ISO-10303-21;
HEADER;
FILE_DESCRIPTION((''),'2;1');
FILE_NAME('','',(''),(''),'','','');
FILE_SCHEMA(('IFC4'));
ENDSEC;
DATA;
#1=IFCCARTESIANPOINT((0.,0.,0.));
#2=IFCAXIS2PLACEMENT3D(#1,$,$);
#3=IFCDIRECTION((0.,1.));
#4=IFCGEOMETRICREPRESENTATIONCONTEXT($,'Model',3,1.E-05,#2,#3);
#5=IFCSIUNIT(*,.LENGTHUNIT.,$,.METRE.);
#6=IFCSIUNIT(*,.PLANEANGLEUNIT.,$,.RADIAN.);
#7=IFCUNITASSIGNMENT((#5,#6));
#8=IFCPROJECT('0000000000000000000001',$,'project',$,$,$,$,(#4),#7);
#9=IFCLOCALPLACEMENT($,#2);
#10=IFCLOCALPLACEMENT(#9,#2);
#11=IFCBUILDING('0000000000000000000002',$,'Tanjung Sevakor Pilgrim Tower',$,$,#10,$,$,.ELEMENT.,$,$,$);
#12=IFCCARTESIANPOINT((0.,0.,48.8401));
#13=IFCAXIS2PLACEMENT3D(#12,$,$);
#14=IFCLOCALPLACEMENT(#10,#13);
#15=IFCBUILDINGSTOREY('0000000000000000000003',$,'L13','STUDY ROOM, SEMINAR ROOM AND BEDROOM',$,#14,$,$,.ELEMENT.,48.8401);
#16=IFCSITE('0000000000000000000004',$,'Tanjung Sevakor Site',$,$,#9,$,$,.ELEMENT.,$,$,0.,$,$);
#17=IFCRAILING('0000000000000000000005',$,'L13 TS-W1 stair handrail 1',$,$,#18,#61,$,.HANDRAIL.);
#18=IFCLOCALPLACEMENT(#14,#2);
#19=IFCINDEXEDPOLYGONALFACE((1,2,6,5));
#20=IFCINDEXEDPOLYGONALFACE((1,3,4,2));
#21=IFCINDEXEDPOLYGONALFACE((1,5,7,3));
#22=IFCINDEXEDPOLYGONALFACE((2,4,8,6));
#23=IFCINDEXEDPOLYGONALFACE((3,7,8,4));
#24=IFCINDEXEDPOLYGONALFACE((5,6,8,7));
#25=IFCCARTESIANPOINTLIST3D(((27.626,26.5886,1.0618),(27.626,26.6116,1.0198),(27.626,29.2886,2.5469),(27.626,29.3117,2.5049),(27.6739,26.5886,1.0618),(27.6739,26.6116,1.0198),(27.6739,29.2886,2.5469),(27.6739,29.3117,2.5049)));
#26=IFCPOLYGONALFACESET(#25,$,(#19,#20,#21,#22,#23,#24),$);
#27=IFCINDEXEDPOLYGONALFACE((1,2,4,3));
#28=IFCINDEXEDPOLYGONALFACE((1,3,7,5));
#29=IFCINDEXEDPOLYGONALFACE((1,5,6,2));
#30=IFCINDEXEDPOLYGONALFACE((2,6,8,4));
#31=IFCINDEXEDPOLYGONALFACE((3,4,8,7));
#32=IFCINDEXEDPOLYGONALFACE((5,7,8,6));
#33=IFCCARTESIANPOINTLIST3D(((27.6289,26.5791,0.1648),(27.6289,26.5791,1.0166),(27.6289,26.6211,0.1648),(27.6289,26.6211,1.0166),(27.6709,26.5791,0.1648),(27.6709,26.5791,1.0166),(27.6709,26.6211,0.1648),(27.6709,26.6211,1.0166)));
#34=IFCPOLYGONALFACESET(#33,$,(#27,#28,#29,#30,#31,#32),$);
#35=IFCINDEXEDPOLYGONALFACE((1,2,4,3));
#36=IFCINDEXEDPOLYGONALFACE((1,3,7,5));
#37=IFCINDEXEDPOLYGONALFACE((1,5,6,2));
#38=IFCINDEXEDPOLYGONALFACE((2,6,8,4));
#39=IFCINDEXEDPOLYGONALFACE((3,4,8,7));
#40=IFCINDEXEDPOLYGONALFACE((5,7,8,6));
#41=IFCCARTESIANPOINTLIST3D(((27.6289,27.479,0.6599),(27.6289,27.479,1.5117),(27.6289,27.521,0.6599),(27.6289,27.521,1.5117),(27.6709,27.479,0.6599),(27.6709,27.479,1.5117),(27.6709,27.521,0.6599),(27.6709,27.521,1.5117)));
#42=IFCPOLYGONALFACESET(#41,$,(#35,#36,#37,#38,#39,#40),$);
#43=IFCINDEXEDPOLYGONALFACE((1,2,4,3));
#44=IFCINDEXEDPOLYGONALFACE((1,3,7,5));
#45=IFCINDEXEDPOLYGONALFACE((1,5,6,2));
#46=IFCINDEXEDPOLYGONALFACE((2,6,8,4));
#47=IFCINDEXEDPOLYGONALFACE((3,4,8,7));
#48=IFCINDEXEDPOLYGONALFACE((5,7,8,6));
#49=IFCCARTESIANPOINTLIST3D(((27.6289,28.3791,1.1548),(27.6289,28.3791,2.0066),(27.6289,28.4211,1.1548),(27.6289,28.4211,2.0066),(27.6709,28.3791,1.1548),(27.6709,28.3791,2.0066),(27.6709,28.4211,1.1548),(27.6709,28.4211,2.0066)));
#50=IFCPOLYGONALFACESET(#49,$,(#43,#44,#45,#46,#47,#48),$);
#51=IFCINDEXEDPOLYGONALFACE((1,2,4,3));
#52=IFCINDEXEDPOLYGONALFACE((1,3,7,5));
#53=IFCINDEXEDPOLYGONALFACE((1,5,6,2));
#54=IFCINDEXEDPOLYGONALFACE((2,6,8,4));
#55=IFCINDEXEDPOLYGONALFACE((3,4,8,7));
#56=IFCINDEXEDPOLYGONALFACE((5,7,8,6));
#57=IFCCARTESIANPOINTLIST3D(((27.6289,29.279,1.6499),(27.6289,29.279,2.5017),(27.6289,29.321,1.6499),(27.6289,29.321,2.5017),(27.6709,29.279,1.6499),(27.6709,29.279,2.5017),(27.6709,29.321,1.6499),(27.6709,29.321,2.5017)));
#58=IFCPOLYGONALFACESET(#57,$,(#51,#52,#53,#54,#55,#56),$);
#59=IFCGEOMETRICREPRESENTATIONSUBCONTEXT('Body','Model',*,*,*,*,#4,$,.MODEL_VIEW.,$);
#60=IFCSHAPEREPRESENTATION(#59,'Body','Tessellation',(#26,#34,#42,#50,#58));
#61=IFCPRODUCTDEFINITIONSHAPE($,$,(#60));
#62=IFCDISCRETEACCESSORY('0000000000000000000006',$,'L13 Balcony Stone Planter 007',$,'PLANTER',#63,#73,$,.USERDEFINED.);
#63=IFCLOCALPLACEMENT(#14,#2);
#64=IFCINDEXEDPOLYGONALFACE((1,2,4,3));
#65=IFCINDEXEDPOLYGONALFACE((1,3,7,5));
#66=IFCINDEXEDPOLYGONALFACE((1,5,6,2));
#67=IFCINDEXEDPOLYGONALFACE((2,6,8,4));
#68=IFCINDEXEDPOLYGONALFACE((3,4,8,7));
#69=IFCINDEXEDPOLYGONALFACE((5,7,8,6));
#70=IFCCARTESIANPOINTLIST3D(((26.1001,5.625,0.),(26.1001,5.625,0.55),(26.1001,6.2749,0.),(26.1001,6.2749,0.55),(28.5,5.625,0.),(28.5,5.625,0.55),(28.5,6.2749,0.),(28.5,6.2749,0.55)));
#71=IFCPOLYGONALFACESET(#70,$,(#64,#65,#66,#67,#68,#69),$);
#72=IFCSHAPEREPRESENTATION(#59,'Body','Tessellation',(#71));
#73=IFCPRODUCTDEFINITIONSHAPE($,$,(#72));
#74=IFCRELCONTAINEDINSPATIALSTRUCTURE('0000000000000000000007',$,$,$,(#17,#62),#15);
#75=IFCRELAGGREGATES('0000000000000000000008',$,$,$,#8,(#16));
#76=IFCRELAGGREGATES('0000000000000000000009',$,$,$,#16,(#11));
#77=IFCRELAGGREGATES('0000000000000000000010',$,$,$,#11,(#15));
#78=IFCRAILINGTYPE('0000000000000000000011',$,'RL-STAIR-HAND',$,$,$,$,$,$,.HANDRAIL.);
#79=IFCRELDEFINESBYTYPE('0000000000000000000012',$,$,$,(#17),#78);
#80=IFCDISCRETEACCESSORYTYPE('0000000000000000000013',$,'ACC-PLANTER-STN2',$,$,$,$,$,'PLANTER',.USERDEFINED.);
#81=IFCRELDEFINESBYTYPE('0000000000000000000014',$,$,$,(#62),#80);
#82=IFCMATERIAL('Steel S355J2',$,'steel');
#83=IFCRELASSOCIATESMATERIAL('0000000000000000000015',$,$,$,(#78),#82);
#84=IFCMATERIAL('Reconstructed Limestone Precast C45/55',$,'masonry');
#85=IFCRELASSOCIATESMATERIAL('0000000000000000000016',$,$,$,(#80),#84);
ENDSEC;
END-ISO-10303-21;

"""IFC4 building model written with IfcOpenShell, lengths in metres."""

from ifc_helpers import new_model, si_unit, direction, frame, origin, origin_2d, place, context, subcontext, project, spatial, rectangle, extrude, material, type_object, element, save


model = new_model("IFC4")

# Units and contexts
model_context = context("Model", 3, precision=1e-05, world=origin(), true_north=direction((0.0, 1.0)))
body_context = subcontext(model_context, "Body", "Model", "MODEL_VIEW")
ifc_project = project(units=[si_unit("LENGTHUNIT", "METRE"), si_unit("PLANEANGLEUNIT", "RADIAN")], contexts=[model_context])

# Site, building, storey
site_placement = place(None, origin())
site = spatial("IfcSite", under=ifc_project, at=site_placement, Name="Tanjung Sevakor Site", CompositionType="ELEMENT", RefElevation=0.0)
building_placement = place(site_placement, origin())
building = spatial("IfcBuilding", under=site, at=building_placement, Name="Tanjung Sevakor Pilgrim Tower", CompositionType="ELEMENT")
storey_placement = place(building_placement, frame((0.0, 0.0, 48.8401)))
storey = spatial("IfcBuildingStorey", under=building, at=storey_placement, Name="L13", Description="STUDY ROOM, SEMINAR ROOM AND BEDROOM", CompositionType="ELEMENT", Elevation=48.8401)

# Railing
ifc_material_1 = material(Name="Steel S355J2", Category="steel")
railing_type_1 = type_object("IfcRailingType", Name="RL-STAIR-HAND", PredefinedType="HANDRAIL", material=ifc_material_1)
railing_1_placement = place(storey_placement, frame((27.6499, 26.6001, 0.1648)))
element("IfcRailing", 1, at=railing_1_placement, inside=storey, type_object=railing_type_1, Name="L13 TS-W1 stair handrail 1", PredefinedType="HANDRAIL", context=body_context, shape_type="SweptSolid", body=[
    extrude(rectangle(XDim=0.0479, YDim=0.0479), frame((0.0, 0.0, 0.876), z_axis=(0.0, 0.876198, 0.481952), x_axis=(-1.0, 0.0, 0.0)), (0.0, 0.0, 1.0), 3.0815),
    extrude(rectangle(XDim=0.042, YDim=0.042), origin(), (0.0, 0.0, 1.0), 0.8518),
    extrude(rectangle(XDim=0.042, YDim=0.042), frame((0.0, 0.8999, 0.4951)), (0.0, 0.0, 1.0), 0.8518),
    extrude(rectangle(XDim=0.042, YDim=0.042), frame((0.0, 1.8, 0.99)), (0.0, 0.0, 1.0), 0.8518),
    extrude(rectangle(XDim=0.042, YDim=0.042), frame((0.0, 2.7, 1.4851)), (0.0, 0.0, 1.0), 0.8518),
])

# Discrete accessory
ifc_material_2 = material(Name="Reconstructed Limestone Precast C45/55", Category="masonry")
discrete_accessory_type = type_object("IfcDiscreteAccessoryType", Name="ACC-PLANTER-STN2", ElementType="PLANTER", PredefinedType="USERDEFINED", material=ifc_material_2)
discrete_accessory_placement = place(storey_placement, frame((27.3, 5.95, 0.0), z_axis=(0.0, 0.0, 1.0), x_axis=(1.0, 0.0, 0.0)))
element("IfcDiscreteAccessory", 2, at=discrete_accessory_placement, inside=storey, type_object=discrete_accessory_type, Name="L13 Balcony Stone Planter 007", ObjectType="PLANTER", PredefinedType="USERDEFINED", context=body_context, shape_type="SweptSolid", body=[
    extrude(rectangle(XDim=2.3999, YDim=0.6499, at=origin_2d()), origin(), (0.0, 0.0, 1.0), 0.55),
])

save(model, "model.ifc")
